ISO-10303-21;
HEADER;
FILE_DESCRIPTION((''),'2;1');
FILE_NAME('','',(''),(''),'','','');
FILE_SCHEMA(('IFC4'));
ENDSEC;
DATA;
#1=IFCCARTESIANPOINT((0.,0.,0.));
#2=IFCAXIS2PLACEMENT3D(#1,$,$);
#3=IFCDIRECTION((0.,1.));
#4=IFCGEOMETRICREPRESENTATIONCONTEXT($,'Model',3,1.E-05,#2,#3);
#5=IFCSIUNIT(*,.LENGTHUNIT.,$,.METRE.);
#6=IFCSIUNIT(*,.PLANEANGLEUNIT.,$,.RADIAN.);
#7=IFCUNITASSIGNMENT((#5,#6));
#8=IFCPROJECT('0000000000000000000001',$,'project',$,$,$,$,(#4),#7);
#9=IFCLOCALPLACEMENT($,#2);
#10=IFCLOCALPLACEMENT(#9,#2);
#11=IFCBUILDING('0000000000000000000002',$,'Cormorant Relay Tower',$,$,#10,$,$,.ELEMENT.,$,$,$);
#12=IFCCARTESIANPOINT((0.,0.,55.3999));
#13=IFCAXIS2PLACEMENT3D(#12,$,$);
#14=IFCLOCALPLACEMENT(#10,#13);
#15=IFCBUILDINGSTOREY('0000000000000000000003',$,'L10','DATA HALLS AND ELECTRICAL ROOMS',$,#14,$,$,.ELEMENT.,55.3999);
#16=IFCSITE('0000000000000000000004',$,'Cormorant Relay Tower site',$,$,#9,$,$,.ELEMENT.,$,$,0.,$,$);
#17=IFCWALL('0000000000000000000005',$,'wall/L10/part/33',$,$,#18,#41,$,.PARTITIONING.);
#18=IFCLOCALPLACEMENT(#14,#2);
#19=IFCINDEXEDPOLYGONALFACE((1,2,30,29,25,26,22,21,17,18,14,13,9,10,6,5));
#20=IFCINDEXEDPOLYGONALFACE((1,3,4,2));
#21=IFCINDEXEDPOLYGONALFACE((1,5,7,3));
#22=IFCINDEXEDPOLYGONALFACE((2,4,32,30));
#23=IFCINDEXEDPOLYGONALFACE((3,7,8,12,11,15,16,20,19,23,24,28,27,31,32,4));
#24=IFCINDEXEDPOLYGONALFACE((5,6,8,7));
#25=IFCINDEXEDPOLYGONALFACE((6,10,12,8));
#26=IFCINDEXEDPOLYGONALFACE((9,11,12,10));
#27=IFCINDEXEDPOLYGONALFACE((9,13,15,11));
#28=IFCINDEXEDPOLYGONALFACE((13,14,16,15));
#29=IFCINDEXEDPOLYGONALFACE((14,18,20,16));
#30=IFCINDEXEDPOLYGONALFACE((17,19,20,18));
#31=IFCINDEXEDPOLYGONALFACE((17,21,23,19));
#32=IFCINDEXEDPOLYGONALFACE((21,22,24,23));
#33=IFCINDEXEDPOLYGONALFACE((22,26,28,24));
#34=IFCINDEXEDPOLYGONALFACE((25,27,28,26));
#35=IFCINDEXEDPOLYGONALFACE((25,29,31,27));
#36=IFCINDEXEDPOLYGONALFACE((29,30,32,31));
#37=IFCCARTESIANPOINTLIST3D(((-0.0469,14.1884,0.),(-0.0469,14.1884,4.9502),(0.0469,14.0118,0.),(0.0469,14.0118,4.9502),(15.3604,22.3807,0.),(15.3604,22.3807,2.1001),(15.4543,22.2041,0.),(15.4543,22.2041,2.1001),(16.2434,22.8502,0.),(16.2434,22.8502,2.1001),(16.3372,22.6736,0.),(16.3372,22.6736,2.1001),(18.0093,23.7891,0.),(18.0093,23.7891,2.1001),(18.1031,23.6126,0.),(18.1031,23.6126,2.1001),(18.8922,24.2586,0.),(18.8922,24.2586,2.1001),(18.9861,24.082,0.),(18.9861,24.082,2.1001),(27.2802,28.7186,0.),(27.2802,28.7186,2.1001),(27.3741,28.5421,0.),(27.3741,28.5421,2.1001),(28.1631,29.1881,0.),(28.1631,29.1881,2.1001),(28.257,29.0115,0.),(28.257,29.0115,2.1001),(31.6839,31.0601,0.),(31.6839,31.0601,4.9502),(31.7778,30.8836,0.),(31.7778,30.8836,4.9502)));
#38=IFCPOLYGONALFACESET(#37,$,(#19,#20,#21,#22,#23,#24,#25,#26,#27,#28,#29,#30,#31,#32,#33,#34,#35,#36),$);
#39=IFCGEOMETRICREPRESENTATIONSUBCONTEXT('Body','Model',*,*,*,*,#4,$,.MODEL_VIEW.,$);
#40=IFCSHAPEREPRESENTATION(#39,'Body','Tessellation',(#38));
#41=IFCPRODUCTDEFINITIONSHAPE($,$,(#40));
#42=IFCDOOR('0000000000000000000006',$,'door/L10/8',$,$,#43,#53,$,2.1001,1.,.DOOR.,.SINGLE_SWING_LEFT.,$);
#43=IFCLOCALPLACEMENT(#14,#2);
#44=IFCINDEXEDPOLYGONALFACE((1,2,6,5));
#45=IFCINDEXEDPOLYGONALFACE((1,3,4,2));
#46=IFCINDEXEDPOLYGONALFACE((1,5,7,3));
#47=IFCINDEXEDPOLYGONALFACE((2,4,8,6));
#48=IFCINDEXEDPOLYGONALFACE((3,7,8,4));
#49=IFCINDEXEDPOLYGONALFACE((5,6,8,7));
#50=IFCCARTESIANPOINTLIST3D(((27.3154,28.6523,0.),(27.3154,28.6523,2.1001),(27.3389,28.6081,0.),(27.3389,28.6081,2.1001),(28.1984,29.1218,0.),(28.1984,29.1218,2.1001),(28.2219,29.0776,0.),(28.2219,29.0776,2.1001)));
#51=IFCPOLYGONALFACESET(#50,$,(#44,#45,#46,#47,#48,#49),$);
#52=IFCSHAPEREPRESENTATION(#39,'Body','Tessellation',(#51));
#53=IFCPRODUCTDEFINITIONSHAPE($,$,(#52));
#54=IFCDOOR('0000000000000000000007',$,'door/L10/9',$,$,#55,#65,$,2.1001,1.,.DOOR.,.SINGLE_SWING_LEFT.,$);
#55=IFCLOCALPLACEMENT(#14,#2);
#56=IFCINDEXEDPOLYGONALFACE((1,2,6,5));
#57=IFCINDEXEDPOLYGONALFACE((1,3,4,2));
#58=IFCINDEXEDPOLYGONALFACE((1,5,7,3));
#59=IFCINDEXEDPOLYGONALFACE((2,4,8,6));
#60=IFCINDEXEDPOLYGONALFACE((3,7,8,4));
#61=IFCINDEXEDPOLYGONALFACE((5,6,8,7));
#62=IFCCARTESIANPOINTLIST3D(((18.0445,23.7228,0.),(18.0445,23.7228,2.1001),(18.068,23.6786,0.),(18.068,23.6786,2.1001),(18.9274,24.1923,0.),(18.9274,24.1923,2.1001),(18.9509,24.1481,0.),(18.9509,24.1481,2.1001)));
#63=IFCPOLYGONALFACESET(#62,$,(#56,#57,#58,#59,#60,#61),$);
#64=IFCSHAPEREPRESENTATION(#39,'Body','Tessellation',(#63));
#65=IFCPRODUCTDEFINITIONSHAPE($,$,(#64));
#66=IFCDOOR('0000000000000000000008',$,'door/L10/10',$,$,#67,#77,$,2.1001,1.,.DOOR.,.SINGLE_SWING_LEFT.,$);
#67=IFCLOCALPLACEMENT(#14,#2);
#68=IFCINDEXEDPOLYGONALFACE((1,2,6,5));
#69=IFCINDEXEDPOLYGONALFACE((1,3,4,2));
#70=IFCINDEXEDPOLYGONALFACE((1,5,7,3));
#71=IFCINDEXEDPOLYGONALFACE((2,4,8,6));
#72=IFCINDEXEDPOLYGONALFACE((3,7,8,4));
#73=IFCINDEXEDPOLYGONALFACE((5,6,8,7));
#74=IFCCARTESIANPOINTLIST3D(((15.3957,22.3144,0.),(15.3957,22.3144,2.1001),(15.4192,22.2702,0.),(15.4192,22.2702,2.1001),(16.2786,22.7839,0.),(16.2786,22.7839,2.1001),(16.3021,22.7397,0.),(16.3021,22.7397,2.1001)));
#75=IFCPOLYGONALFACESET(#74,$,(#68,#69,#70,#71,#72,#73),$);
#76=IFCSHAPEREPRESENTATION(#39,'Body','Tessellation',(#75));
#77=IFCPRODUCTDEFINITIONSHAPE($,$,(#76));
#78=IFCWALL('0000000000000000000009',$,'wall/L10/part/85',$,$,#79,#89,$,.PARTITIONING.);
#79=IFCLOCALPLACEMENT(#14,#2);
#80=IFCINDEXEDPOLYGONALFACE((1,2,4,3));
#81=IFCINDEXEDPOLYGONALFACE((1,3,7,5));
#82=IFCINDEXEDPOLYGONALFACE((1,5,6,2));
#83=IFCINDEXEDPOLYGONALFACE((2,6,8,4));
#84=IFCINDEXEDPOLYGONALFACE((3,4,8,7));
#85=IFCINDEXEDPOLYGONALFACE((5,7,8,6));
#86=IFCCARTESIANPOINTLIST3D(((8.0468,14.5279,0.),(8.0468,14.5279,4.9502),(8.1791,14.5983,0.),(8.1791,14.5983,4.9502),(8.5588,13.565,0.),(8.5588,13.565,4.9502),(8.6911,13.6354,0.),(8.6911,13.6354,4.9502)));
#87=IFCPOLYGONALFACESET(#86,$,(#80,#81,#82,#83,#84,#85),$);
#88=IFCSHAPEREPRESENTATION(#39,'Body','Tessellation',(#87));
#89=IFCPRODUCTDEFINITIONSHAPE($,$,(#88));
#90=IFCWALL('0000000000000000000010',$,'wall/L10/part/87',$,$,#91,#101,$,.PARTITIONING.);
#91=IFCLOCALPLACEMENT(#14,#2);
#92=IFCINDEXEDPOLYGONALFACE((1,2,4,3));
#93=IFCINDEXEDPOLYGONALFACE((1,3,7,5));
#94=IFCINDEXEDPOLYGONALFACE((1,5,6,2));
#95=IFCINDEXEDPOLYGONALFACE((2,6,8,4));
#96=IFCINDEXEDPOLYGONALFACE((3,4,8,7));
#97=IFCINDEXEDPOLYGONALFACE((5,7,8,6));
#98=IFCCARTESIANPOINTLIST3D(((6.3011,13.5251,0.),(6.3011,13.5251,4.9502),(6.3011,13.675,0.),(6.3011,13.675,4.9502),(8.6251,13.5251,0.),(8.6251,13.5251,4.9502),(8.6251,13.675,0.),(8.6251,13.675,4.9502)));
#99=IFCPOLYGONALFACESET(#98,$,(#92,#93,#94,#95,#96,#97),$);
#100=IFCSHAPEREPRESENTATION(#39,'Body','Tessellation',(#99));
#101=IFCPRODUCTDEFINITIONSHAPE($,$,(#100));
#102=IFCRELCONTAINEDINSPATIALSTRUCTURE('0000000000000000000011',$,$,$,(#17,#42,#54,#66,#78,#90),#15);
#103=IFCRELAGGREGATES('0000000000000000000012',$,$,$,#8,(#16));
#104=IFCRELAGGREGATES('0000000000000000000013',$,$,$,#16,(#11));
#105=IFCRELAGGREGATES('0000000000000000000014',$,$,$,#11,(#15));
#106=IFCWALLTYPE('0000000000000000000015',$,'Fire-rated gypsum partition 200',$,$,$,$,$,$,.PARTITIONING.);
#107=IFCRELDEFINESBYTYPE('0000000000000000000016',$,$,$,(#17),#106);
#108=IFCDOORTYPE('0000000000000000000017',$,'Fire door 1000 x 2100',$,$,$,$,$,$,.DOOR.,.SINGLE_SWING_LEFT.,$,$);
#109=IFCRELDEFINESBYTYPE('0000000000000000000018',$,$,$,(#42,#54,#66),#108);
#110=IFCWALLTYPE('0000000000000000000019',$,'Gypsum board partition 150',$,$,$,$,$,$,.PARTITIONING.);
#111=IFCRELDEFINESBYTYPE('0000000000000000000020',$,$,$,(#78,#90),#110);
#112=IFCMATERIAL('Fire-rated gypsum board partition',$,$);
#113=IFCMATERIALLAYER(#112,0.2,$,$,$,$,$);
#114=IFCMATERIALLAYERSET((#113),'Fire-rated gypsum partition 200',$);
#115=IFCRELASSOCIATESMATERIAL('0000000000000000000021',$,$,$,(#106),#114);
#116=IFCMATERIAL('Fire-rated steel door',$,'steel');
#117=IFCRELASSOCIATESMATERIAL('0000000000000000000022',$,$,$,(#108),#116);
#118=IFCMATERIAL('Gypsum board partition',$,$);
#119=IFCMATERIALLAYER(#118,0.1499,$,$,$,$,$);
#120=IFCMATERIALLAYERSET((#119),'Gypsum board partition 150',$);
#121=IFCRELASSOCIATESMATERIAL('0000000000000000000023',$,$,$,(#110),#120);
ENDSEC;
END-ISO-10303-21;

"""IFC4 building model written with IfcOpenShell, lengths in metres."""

from ifc_helpers import new_model, si_unit, direction, frame, frame_2d, origin, place, context, subcontext, project, spatial, rectangle, extrude, material, layer, layer_set, type_object, element, fill, save


model = new_model("IFC4")

# Units and contexts
model_context = context("Model", 3, precision=1e-05, world=origin(), true_north=direction((0.0, 1.0)))
body_context = subcontext(model_context, "Body", "Model", "MODEL_VIEW")
ifc_project = project(units=[si_unit("LENGTHUNIT", "METRE"), si_unit("PLANEANGLEUNIT", "RADIAN")], contexts=[model_context])

# Site, building, storey
site_placement = place(None, origin())
site = spatial("IfcSite", under=ifc_project, at=site_placement, Name="Cormorant Relay Tower site", CompositionType="ELEMENT", RefElevation=0.0)
building_placement = place(site_placement, origin())
building = spatial("IfcBuilding", under=site, at=building_placement, Name="Cormorant Relay Tower", CompositionType="ELEMENT")
storey_placement = place(building_placement, frame((0.0, 0.0, 55.3999)))
storey = spatial("IfcBuildingStorey", under=building, at=storey_placement, Name="L10", Description="DATA HALLS AND ELECTRICAL ROOMS", CompositionType="ELEMENT", Elevation=55.3999)

# Wall, openings, doors
ifc_material_1 = material(Name="Fire-rated gypsum board partition")
ifc_layer_1 = layer(ifc_material_1, 0.2)
ifc_layer_set_1 = layer_set([ifc_layer_1], Name="Fire-rated gypsum partition 200")
wall_type_1 = type_object("IfcWallType", Name="Fire-rated gypsum partition 200", PredefinedType="PARTITIONING", material=ifc_layer_set_1)
wall_1_placement = place(storey_placement, frame((0.0, 14.1001, 0.0), z_axis=(0.0, 0.0, 1.0), x_axis=(0.882946, 0.469475, 0.0)))
wall_1 = element("IfcWall", 1, at=wall_1_placement, inside=storey, type_object=wall_type_1, Name="wall/L10/part/33", PredefinedType="PARTITIONING", context=body_context, shape_type="SweptSolid", body=[
    extrude(rectangle(XDim=35.9375, YDim=0.2, at=frame_2d((17.9688, 0.0))), origin(), (0.0, 0.0, 1.0), 4.9502),
])
opening_1_placement = place(wall_1_placement, frame((30.95, 0.0, 0.0)))
opening_1 = element("IfcOpeningElement", 2, at=opening_1_placement, cuts=wall_1, PredefinedType="OPENING", context=body_context, shape_type="SweptSolid", body=[
    extrude(rectangle(XDim=1.0, YDim=2.1001, at=frame_2d((0.5, 1.05))), frame((0.0, 0.1099, 0.0), z_axis=(0.0, -1.0, 0.0), x_axis=(1.0, 0.0, 0.0)), (0.0, 0.0, 1.0), 0.22),
])
opening_2_placement = place(wall_1_placement, frame((20.45, 0.0, 0.0)))
opening_2 = element("IfcOpeningElement", 3, at=opening_2_placement, cuts=wall_1, PredefinedType="OPENING", context=body_context, shape_type="SweptSolid", body=[
    extrude(rectangle(XDim=1.0, YDim=2.1001, at=frame_2d((0.5, 1.05))), frame((0.0, 0.1099, 0.0), z_axis=(0.0, -1.0, 0.0), x_axis=(1.0, 0.0, 0.0)), (0.0, 0.0, 1.0), 0.22),
])
opening_3_placement = place(wall_1_placement, frame((17.45, 0.0, 0.0)))
opening_3 = element("IfcOpeningElement", 4, at=opening_3_placement, cuts=wall_1, PredefinedType="OPENING", context=body_context, shape_type="SweptSolid", body=[
    extrude(rectangle(XDim=1.0, YDim=2.1001, at=frame_2d((0.5, 1.05))), frame((0.0, 0.1099, 0.0), z_axis=(0.0, -1.0, 0.0), x_axis=(1.0, 0.0, 0.0)), (0.0, 0.0, 1.0), 0.22),
])
ifc_material_2 = material(Name="Fire-rated steel door", Category="steel")
door_type = type_object("IfcDoorType", Name="Fire door 1000 x 2100", OperationType="SINGLE_SWING_LEFT", PredefinedType="DOOR", material=ifc_material_2)
door_1_placement = place(opening_1_placement, origin())
door_1 = element("IfcDoor", 5, at=door_1_placement, inside=storey, type_object=door_type, Name="door/L10/8", OperationType="SINGLE_SWING_LEFT", OverallHeight=2.1001, OverallWidth=1.0, PredefinedType="DOOR", context=body_context, shape_type="SweptSolid", body=[
    extrude(rectangle(XDim=1.0, YDim=2.1001, at=frame_2d((0.5, 1.05))), frame((0.0, 0.0249, 0.0), z_axis=(0.0, -1.0, 0.0), x_axis=(1.0, 0.0, 0.0)), (0.0, 0.0, 1.0), 0.05),
])
fill(opening_1, door_1)
door_2_placement = place(opening_2_placement, origin())
door_2 = element("IfcDoor", 6, at=door_2_placement, inside=storey, type_object=door_type, Name="door/L10/9", OperationType="SINGLE_SWING_LEFT", OverallHeight=2.1001, OverallWidth=1.0, PredefinedType="DOOR", context=body_context, shape_type="SweptSolid", body=[
    extrude(rectangle(XDim=1.0, YDim=2.1001, at=frame_2d((0.5, 1.05))), frame((0.0, 0.0249, 0.0), z_axis=(0.0, -1.0, 0.0), x_axis=(1.0, 0.0, 0.0)), (0.0, 0.0, 1.0), 0.05),
])
fill(opening_2, door_2)
door_3_placement = place(opening_3_placement, origin())
door_3 = element("IfcDoor", 7, at=door_3_placement, inside=storey, type_object=door_type, Name="door/L10/10", OperationType="SINGLE_SWING_LEFT", OverallHeight=2.1001, OverallWidth=1.0, PredefinedType="DOOR", context=body_context, shape_type="SweptSolid", body=[
    extrude(rectangle(XDim=1.0, YDim=2.1001, at=frame_2d((0.5, 1.05))), frame((0.0, 0.0249, 0.0), z_axis=(0.0, -1.0, 0.0), x_axis=(1.0, 0.0, 0.0)), (0.0, 0.0, 1.0), 0.05),
])
fill(opening_3, door_3)

# Walls
ifc_material_3 = material(Name="Gypsum board partition")
ifc_layer_2 = layer(ifc_material_3, 0.1499)
ifc_layer_set_2 = layer_set([ifc_layer_2], Name="Gypsum board partition 150")
wall_type_2 = type_object("IfcWallType", Name="Gypsum board partition 150", PredefinedType="PARTITIONING", material=ifc_layer_set_2)
wall_2_placement = place(storey_placement, frame((8.625, 13.6001, 0.0), z_axis=(0.0, 0.0, 1.0), x_axis=(-0.469461, 0.882953, 0.0)))
element("IfcWall", 8, at=wall_2_placement, inside=storey, type_object=wall_type_2, Name="wall/L10/part/85", PredefinedType="PARTITIONING", context=body_context, shape_type="SweptSolid", body=[
    extrude(rectangle(XDim=1.0906, YDim=0.1499, at=frame_2d((0.5454, 0.0))), origin(), (0.0, 0.0, 1.0), 4.9502),
])
wall_3_placement = place(storey_placement, frame((6.301, 13.6001, 0.0), z_axis=(0.0, 0.0, 1.0), x_axis=(1.0, 0.0, 0.0)))
element("IfcWall", 9, at=wall_3_placement, inside=storey, type_object=wall_type_2, Name="wall/L10/part/87", PredefinedType="PARTITIONING", context=body_context, shape_type="SweptSolid", body=[
    extrude(rectangle(XDim=2.324, YDim=0.1499, at=frame_2d((1.1621, 0.0))), origin(), (0.0, 0.0, 1.0), 4.9502),
])

save(model, "model.ifc")
